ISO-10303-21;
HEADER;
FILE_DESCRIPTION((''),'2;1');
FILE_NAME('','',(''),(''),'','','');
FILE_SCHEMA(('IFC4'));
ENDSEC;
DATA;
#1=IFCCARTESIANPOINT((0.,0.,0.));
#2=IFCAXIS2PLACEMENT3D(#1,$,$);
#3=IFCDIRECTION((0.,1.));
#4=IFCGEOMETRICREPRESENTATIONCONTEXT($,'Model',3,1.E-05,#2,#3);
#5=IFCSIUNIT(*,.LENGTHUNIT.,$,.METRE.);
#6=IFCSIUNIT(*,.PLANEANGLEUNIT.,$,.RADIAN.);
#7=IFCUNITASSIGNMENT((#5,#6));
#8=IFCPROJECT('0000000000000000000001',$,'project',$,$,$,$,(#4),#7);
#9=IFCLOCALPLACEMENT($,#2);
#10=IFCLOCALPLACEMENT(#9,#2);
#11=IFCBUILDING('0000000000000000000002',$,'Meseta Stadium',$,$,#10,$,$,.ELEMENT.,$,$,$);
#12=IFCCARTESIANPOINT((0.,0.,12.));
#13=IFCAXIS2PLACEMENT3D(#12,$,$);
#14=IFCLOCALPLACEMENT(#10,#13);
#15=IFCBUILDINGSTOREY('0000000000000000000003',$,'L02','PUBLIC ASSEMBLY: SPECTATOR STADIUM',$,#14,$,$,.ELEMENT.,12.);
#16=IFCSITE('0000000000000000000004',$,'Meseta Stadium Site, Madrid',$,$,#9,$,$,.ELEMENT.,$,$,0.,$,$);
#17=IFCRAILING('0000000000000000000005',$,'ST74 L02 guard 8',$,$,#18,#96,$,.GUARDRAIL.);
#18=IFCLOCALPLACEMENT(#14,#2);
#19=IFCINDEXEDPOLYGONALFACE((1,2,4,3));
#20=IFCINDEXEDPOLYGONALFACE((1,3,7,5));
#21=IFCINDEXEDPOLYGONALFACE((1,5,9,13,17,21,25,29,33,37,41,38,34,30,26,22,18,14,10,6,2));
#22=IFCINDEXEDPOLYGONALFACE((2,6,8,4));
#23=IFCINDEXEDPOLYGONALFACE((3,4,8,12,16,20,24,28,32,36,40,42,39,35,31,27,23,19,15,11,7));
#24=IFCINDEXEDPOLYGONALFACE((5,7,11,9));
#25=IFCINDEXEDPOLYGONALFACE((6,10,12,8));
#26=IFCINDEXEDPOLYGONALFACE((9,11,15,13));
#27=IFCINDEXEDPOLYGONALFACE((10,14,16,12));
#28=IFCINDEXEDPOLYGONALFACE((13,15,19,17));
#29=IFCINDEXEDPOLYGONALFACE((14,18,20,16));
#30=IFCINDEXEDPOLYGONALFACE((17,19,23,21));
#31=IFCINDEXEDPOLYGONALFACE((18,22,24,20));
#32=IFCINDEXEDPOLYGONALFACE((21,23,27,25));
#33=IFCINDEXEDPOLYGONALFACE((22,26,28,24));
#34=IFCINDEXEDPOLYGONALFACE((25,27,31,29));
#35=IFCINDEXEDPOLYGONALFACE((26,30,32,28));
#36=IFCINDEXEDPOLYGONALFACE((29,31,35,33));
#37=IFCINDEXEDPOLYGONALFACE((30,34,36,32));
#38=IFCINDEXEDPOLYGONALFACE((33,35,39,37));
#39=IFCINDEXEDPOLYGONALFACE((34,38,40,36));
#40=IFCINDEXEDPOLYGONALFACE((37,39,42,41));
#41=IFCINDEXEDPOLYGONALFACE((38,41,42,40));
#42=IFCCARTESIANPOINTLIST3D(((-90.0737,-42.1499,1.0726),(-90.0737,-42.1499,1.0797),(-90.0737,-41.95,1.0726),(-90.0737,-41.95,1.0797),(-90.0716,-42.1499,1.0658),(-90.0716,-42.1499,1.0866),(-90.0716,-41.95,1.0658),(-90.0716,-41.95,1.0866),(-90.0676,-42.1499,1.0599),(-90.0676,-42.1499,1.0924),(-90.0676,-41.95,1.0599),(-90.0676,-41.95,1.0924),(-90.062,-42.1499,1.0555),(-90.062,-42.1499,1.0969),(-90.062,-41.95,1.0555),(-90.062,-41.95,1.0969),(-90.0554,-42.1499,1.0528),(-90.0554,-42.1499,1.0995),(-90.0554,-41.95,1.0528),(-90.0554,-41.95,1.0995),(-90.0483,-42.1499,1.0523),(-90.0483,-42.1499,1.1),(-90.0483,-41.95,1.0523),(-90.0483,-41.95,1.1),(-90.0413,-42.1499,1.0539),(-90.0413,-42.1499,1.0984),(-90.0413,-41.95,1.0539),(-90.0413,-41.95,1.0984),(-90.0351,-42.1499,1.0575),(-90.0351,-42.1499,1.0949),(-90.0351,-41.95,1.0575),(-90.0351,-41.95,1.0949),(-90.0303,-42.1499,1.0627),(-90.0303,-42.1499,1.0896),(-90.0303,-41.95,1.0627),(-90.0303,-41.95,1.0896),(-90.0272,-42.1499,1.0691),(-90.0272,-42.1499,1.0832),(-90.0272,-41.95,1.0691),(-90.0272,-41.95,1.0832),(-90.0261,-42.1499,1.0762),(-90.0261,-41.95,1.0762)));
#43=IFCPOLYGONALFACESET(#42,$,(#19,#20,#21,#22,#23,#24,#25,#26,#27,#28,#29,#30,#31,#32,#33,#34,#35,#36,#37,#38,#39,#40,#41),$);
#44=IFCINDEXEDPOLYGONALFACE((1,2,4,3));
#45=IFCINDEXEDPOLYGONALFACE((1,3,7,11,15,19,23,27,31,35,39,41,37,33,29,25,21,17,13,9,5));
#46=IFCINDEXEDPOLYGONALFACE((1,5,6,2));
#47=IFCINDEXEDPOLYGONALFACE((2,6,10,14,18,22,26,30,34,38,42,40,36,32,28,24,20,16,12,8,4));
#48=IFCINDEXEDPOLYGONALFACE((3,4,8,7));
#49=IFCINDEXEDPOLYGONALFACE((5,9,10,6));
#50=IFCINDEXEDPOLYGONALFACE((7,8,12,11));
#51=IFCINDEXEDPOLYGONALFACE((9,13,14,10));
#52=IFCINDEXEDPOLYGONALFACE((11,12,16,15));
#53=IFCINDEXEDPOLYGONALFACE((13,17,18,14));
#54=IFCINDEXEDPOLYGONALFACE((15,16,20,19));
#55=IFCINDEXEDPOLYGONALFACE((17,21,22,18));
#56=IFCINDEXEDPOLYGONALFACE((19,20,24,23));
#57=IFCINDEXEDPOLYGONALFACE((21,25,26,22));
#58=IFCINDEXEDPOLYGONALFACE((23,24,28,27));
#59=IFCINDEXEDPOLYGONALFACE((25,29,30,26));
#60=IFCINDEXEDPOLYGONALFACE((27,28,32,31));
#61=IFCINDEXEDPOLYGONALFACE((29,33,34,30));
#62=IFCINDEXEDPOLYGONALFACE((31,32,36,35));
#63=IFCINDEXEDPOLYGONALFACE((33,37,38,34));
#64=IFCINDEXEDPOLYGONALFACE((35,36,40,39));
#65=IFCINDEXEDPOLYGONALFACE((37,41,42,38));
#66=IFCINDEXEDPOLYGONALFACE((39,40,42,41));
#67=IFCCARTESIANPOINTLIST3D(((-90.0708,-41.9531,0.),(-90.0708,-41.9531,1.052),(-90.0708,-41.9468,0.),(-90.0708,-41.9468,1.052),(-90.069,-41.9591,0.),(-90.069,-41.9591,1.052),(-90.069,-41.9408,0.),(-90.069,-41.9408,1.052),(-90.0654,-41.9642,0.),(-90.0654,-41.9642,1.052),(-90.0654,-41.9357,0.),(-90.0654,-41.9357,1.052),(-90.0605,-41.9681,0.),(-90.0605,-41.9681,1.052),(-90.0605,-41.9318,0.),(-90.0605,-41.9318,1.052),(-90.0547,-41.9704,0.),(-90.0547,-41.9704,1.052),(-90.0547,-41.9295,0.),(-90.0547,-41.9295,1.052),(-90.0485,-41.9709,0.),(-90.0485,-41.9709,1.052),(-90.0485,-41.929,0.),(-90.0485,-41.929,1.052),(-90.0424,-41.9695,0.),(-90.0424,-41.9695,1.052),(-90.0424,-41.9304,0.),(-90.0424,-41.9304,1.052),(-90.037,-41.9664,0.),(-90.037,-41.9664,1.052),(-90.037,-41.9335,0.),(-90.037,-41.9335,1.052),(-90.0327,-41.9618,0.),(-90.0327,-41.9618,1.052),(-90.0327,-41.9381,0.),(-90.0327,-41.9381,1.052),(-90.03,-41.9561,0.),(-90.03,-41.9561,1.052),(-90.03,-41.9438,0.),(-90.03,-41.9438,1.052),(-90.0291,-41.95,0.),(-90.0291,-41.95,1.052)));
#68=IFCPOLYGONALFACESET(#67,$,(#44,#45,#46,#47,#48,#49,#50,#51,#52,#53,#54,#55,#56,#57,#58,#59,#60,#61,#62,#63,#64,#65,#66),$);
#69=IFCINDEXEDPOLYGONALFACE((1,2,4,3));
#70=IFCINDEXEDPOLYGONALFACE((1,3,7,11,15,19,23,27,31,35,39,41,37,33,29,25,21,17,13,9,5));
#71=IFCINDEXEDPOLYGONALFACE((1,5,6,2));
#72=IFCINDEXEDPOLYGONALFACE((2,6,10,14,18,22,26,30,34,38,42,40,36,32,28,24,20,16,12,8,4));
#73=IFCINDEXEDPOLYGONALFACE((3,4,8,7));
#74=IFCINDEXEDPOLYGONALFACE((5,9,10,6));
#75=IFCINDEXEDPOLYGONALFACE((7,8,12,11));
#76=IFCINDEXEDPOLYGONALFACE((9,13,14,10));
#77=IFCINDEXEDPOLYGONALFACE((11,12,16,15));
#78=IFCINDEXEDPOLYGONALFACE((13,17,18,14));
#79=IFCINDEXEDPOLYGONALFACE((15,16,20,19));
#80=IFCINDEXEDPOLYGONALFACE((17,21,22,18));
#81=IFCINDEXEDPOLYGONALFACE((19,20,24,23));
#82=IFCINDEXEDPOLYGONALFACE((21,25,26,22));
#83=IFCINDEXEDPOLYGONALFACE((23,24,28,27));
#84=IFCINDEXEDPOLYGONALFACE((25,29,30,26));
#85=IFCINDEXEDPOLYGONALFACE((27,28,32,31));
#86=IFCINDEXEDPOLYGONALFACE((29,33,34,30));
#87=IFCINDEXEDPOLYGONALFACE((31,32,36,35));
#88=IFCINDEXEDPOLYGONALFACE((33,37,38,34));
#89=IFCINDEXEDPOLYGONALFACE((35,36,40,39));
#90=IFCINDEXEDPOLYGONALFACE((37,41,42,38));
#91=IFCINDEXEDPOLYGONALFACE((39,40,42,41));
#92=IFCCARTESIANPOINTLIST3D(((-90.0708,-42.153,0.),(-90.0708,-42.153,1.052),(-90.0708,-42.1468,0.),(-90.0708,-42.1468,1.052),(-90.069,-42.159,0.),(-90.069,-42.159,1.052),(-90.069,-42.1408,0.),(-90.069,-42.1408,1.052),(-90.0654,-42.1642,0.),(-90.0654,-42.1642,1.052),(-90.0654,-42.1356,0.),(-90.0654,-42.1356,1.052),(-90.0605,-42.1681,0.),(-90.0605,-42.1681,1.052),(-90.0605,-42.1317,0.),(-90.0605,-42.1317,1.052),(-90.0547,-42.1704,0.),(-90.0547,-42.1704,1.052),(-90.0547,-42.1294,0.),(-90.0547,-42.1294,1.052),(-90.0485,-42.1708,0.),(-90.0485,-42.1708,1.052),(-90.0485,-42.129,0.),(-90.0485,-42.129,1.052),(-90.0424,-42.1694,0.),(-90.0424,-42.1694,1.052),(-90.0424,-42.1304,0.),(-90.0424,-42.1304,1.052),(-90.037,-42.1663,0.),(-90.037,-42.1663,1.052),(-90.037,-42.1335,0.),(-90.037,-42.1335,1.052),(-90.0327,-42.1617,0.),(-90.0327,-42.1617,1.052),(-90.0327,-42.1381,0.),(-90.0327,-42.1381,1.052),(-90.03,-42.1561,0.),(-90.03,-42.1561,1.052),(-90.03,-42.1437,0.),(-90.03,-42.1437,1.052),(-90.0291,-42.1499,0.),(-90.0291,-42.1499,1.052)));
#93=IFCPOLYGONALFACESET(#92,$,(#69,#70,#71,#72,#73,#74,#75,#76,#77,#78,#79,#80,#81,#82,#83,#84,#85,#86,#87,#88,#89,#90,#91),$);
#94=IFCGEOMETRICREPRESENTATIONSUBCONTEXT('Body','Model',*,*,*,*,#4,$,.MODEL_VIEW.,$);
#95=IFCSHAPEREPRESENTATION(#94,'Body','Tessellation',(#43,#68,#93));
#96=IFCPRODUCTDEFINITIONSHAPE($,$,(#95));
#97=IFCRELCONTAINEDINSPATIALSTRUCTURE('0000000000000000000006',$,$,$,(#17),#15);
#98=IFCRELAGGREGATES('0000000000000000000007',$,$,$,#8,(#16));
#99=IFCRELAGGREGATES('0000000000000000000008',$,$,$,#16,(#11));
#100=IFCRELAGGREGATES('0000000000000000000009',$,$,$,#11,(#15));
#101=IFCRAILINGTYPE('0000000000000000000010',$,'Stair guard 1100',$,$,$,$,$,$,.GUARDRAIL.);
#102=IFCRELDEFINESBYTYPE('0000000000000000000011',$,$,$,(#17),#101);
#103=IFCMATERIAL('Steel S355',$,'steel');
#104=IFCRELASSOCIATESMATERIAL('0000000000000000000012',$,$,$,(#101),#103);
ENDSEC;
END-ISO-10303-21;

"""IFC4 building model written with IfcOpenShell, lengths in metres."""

from ifc_helpers import new_model, si_unit, direction, frame, origin, origin_2d, place, context, subcontext, project, spatial, circle, extrude, material, type_object, element, save


model = new_model("IFC4")

# Units and contexts
model_context = context("Model", 3, precision=1e-05, world=origin(), true_north=direction((0.0, 1.0)))
body_context = subcontext(model_context, "Body", "Model", "MODEL_VIEW")
ifc_project = project(units=[si_unit("LENGTHUNIT", "METRE"), si_unit("PLANEANGLEUNIT", "RADIAN")], contexts=[model_context])

# Site, building, storey
site_placement = place(None, origin())
site = spatial("IfcSite", under=ifc_project, at=site_placement, Name="Meseta Stadium Site, Madrid", CompositionType="ELEMENT", RefElevation=0.0)
building_placement = place(site_placement, origin())
building = spatial("IfcBuilding", under=site, at=building_placement, Name="Meseta Stadium", CompositionType="ELEMENT")
storey_placement = place(building_placement, frame((0.0, 0.0, 12.0)))
storey = spatial("IfcBuildingStorey", under=building, at=storey_placement, Name="L02", Description="PUBLIC ASSEMBLY: SPECTATOR STADIUM", CompositionType="ELEMENT", Elevation=12.0)

# Railing
ifc_material_1 = material(Name="Steel S355", Category="steel")
railing_type_1 = type_object("IfcRailingType", Name="Stair guard 1100", PredefinedType="GUARDRAIL", material=ifc_material_1)
railing_1_placement = place(storey_placement, frame((-90.05, -41.95, 0.0)))
element("IfcRailing", 1, at=railing_1_placement, inside=storey, type_object=railing_type_1, Name="ST74 L02 guard 8", PredefinedType="GUARDRAIL", context=body_context, shape_type="SweptSolid", body=[
    extrude(circle(Radius=0.0239, at=origin_2d()), frame((0.0, 0.0, 1.0762), z_axis=(0.0, -1.0, 0.0), x_axis=(1.0, 0.0, 0.0)), (0.0, 0.0, 1.0), 0.2),
    extrude(circle(Radius=0.021, at=origin_2d()), origin(), (0.0, 0.0, 1.0), 1.052),
    extrude(circle(Radius=0.021, at=origin_2d()), frame((0.0, -0.2, 0.0)), (0.0, 0.0, 1.0), 1.052),
])

save(model, "model.ifc")
